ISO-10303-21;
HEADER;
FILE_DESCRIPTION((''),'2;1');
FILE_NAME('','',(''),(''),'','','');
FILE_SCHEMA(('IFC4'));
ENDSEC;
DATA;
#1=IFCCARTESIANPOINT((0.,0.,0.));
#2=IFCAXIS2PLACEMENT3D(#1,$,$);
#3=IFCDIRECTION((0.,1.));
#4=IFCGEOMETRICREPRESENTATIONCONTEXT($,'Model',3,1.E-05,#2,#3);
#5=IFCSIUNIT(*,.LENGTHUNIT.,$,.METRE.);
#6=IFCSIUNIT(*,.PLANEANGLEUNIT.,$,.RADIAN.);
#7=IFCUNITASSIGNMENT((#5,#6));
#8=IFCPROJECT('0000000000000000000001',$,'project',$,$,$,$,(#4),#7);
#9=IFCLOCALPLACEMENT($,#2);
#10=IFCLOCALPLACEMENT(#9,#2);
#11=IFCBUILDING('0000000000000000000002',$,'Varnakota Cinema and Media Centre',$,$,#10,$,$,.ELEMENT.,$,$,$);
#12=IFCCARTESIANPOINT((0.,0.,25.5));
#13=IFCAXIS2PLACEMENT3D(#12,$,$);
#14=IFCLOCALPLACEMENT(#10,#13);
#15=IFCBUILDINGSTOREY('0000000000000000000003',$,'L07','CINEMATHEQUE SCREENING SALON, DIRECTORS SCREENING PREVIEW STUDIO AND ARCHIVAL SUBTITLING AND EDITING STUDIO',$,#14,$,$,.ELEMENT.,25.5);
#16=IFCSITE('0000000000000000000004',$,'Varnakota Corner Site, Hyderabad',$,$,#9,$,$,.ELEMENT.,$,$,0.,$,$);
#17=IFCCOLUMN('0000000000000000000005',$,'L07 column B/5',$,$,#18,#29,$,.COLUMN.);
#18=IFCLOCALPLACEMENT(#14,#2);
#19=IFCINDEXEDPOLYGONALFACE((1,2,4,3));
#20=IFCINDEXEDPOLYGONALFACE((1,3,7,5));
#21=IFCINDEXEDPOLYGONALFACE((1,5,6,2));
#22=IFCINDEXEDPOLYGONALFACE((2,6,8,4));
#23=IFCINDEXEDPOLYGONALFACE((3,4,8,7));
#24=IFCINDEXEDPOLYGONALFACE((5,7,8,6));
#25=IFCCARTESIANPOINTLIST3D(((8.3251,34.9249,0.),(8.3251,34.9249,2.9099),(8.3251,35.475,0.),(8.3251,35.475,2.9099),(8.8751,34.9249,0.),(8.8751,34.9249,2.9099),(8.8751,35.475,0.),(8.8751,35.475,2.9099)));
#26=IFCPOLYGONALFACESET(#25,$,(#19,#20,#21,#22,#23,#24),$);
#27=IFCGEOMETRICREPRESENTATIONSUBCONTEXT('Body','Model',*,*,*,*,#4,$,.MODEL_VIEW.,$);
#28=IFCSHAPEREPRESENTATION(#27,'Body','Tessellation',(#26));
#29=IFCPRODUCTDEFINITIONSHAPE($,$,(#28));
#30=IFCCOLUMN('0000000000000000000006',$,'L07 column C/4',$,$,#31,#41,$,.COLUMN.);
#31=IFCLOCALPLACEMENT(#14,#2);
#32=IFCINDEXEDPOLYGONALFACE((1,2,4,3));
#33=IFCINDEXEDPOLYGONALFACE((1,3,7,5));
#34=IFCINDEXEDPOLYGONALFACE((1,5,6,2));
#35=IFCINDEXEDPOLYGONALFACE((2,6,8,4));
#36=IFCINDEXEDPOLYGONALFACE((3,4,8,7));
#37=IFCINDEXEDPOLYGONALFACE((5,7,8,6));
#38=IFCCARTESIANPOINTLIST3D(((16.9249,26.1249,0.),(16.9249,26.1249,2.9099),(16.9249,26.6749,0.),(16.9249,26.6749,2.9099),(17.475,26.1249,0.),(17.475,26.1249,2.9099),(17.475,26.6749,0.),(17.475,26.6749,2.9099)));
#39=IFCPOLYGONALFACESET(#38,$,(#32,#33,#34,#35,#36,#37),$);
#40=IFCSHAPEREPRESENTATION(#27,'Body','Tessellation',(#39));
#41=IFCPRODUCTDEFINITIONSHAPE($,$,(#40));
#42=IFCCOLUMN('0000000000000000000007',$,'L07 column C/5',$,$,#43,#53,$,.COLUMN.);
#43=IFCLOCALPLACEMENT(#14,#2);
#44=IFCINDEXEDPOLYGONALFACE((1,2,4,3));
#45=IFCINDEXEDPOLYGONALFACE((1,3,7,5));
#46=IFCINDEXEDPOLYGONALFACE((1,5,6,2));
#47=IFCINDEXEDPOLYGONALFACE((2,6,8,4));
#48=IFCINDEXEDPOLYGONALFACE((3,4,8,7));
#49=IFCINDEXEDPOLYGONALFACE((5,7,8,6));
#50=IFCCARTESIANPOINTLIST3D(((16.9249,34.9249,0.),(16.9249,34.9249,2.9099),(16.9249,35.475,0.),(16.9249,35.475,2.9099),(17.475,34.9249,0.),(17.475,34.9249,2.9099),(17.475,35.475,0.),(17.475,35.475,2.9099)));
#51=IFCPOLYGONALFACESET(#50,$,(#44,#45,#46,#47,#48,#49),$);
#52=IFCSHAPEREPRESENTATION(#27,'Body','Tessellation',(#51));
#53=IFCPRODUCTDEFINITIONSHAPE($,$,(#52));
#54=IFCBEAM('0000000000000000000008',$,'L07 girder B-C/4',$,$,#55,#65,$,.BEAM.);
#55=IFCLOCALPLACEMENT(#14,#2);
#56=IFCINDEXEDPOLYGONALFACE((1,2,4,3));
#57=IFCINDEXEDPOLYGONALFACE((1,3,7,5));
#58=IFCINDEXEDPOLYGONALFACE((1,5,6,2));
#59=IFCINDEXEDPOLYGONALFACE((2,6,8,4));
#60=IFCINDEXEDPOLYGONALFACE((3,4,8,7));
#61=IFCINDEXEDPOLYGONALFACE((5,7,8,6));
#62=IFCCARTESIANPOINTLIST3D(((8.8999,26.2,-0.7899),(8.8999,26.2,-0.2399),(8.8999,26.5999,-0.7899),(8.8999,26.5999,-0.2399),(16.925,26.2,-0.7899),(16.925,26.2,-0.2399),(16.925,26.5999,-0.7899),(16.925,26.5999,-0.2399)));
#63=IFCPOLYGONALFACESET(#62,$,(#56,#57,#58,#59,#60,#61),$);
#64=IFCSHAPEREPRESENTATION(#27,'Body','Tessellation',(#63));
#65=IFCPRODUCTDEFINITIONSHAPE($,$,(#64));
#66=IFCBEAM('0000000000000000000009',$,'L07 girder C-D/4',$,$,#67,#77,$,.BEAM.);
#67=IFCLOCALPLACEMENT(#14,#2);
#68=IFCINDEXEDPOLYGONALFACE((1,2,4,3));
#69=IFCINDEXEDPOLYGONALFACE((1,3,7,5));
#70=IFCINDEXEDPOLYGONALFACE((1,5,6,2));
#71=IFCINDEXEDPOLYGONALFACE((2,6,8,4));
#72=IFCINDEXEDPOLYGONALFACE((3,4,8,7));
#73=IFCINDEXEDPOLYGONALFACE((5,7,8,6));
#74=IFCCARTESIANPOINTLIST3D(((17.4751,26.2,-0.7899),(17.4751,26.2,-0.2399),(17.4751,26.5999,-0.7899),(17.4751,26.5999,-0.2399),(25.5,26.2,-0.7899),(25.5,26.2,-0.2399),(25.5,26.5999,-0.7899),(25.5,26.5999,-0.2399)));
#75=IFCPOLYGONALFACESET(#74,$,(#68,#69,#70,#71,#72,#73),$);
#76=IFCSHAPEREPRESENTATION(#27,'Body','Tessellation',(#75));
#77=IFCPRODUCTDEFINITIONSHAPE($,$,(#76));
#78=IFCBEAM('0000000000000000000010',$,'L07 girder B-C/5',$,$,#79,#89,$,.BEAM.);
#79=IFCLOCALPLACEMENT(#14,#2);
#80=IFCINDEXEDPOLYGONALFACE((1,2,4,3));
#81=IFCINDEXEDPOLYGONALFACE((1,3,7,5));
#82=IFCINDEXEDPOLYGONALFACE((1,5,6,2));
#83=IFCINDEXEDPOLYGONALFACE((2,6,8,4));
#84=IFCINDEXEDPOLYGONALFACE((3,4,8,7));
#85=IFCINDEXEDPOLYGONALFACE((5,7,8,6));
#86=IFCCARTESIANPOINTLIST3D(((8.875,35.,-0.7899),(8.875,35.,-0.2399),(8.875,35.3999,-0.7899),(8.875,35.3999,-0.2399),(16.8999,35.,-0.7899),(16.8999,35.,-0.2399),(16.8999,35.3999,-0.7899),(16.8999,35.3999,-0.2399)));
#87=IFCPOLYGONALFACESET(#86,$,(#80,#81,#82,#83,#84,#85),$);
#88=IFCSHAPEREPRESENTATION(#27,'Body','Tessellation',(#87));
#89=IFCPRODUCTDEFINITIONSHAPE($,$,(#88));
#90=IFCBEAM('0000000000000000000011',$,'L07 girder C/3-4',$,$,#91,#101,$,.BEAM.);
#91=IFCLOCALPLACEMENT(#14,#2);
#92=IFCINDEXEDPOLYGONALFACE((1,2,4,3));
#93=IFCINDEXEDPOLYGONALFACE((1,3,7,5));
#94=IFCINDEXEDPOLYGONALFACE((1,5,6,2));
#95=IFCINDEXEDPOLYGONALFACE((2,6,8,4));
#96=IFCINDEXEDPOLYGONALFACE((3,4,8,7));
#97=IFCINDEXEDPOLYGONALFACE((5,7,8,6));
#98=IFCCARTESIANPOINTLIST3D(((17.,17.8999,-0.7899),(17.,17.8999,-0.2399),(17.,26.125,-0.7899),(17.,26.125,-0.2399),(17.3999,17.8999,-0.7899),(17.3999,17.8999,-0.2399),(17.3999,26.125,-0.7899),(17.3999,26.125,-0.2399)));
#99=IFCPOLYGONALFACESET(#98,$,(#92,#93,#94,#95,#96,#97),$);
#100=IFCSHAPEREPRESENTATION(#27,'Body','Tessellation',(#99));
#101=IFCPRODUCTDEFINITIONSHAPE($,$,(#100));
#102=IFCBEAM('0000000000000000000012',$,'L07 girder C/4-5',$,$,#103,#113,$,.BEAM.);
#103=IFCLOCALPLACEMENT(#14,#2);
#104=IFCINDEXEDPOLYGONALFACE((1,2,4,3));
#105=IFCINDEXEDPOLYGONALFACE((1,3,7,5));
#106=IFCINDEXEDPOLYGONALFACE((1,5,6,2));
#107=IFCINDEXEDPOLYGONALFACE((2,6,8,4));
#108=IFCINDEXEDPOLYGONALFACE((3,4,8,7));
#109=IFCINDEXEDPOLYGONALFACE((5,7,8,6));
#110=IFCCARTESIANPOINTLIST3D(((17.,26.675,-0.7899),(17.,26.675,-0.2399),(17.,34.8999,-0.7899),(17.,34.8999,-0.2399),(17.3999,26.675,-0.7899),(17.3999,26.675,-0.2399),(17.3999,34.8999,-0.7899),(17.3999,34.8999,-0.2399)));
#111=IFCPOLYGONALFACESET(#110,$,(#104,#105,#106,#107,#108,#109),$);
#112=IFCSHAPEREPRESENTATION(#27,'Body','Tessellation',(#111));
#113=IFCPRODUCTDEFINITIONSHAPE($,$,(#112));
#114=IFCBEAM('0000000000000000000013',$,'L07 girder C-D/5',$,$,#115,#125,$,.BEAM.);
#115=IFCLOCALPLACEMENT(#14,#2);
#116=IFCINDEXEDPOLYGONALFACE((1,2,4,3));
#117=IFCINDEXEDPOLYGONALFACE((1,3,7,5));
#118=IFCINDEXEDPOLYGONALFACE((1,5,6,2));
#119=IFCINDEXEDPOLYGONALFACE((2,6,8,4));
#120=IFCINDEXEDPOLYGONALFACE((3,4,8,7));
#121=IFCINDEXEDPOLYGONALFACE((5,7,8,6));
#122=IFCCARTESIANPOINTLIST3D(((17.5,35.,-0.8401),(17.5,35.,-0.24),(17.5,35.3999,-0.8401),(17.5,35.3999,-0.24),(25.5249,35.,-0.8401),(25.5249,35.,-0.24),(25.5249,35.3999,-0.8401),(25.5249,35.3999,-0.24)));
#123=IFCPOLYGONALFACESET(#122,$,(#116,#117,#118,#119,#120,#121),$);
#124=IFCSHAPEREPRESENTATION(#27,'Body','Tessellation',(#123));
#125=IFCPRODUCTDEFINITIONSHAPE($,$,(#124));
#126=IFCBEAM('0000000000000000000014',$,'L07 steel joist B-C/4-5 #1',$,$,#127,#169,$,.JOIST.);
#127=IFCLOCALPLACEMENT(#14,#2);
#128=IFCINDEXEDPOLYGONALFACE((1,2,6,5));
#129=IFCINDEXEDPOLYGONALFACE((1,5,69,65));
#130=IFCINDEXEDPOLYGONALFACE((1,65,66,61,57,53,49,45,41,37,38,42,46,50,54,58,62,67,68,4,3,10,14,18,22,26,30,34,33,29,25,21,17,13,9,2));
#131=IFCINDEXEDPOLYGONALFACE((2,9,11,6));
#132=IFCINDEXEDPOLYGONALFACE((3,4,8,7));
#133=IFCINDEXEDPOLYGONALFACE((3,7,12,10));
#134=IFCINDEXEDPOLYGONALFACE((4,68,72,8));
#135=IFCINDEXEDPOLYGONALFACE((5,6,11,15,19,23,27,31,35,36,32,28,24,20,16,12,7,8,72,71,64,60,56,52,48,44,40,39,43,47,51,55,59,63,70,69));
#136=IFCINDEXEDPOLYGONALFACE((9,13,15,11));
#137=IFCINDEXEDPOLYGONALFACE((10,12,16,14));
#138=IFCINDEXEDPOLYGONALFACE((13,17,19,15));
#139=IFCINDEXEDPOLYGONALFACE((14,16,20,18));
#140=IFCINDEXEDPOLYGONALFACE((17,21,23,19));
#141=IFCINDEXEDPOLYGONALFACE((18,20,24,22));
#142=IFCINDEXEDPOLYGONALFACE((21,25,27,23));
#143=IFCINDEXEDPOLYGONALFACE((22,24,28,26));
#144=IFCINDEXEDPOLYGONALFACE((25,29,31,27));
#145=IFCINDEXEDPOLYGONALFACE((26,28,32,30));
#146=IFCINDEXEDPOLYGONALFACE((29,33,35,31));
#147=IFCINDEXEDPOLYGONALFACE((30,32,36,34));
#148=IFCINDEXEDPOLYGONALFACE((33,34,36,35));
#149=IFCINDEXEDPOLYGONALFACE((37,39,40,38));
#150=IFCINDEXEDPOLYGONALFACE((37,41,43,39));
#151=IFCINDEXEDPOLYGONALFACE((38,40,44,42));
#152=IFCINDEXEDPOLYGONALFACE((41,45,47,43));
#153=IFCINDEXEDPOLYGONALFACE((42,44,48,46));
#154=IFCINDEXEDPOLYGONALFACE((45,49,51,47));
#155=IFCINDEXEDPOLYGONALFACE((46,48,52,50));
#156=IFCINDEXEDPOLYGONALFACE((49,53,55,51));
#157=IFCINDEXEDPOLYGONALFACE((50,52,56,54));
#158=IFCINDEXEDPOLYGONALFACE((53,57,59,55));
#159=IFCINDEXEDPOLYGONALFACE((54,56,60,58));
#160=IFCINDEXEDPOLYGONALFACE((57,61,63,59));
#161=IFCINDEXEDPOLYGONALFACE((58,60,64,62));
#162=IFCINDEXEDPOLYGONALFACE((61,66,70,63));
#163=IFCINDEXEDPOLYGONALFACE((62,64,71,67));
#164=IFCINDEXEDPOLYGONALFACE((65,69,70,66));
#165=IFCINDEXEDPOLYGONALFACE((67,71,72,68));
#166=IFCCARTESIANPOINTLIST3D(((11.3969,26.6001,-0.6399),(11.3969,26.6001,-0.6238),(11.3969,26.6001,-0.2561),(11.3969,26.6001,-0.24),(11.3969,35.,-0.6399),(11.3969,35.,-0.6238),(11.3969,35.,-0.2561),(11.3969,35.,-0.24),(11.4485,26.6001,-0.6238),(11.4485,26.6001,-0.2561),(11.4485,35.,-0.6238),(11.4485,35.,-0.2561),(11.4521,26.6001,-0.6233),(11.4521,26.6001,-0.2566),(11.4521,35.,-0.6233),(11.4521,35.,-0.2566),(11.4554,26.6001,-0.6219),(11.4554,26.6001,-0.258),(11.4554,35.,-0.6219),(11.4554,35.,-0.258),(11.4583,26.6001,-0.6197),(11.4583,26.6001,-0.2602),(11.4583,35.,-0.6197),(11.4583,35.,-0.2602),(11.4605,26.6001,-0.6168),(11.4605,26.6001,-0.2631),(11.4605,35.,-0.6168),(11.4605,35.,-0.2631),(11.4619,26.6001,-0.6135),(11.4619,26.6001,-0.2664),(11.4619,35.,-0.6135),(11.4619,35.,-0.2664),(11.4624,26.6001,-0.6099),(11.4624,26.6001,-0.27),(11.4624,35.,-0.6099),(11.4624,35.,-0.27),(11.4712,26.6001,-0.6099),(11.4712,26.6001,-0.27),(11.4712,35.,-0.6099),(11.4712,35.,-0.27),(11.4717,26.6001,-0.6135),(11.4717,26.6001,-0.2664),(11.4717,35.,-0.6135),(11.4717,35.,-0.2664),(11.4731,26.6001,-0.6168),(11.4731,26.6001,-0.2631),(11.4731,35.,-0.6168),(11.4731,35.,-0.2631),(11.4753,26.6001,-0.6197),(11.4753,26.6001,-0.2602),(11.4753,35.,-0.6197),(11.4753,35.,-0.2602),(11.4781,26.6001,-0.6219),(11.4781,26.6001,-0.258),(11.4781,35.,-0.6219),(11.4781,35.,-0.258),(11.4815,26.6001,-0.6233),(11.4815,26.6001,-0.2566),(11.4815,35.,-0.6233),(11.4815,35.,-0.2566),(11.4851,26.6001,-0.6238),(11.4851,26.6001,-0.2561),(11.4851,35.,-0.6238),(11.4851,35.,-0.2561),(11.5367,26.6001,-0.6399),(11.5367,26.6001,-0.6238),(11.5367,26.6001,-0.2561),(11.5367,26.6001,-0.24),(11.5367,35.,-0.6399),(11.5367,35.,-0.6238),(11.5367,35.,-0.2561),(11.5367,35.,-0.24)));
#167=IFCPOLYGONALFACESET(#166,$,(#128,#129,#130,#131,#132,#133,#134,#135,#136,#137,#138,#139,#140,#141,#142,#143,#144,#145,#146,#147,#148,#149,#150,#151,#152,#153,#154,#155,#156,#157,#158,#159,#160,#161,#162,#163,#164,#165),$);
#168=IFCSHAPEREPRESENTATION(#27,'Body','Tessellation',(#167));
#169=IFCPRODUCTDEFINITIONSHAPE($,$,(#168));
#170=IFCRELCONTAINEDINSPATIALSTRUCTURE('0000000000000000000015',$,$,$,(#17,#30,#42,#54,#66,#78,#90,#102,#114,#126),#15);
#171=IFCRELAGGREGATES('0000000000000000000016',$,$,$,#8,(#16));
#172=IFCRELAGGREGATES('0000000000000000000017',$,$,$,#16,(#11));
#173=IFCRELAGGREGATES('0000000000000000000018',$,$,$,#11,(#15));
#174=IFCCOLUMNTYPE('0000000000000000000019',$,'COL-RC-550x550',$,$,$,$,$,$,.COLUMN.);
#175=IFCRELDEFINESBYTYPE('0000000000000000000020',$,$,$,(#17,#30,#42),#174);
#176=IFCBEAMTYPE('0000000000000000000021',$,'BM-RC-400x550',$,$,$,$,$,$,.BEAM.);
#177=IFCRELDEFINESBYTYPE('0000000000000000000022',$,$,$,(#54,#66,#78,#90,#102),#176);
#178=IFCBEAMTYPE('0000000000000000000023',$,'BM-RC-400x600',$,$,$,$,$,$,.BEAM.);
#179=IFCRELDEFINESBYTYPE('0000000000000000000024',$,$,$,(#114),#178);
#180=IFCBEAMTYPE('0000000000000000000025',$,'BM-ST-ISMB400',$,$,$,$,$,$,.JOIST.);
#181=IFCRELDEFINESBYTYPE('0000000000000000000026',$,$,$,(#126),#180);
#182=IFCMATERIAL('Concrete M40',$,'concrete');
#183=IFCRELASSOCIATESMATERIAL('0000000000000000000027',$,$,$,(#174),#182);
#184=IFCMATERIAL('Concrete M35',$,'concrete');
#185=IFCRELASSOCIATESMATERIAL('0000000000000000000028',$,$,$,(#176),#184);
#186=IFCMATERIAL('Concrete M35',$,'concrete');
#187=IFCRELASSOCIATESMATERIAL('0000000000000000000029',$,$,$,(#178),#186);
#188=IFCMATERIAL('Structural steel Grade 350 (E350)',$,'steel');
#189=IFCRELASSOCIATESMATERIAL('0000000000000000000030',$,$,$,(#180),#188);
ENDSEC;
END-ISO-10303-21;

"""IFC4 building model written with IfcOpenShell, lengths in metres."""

from ifc_helpers import new_model, si_unit, direction, frame, origin, origin_2d, place, context, subcontext, project, spatial, rectangle, i_section, extrude, material, material_profile, profile_set, type_object, element, save


model = new_model("IFC4")

# Units and contexts
model_context = context("Model", 3, precision=1e-05, world=origin(), true_north=direction((0.0, 1.0)))
body_context = subcontext(model_context, "Body", "Model", "MODEL_VIEW")
ifc_project = project(units=[si_unit("LENGTHUNIT", "METRE"), si_unit("PLANEANGLEUNIT", "RADIAN")], contexts=[model_context])

# Site, building, storey
site_placement = place(None, origin())
site = spatial("IfcSite", under=ifc_project, at=site_placement, Name="Varnakota Corner Site, Hyderabad", CompositionType="ELEMENT", RefElevation=0.0)
building_placement = place(site_placement, origin())
building = spatial("IfcBuilding", under=site, at=building_placement, Name="Varnakota Cinema and Media Centre", CompositionType="ELEMENT")
storey_placement = place(building_placement, frame((0.0, 0.0, 25.5)))
storey = spatial("IfcBuildingStorey", under=building, at=storey_placement, Name="L07", Description="CINEMATHEQUE SCREENING SALON, DIRECTORS SCREENING PREVIEW STUDIO AND ARCHIVAL SUBTITLING AND EDITING STUDIO", CompositionType="ELEMENT", Elevation=25.5)

# Columns
ifc_material_1 = material(Name="Concrete M40", Category="concrete")
ifc_material_profile_1 = material_profile(ifc_material_1, rectangle(XDim=0.55, YDim=0.55, at=origin_2d()), Name="RC 550x550")
ifc_profile_set_1 = profile_set([ifc_material_profile_1], Name="Concrete M40")
column_type = type_object("IfcColumnType", Name="COL-RC-550x550", PredefinedType="COLUMN", material=ifc_profile_set_1)
for number, where, z_axis, x_axis, name in (
    (1, (8.6001, 35.2, 0.0), (0.0, 0.0, 1.0), (1.0, 0.0, 0.0), "L07 column B/5"),
    (2, (17.2, 26.3999, 0.0), (0.0, 0.0, 1.0), (1.0, 0.0, 0.0), "L07 column C/4"),
    (3, (17.2, 35.2, 0.0), (0.0, 0.0, 1.0), (1.0, 0.0, 0.0), "L07 column C/5"),
):
    element("IfcColumn", number, at=place(storey_placement, frame(where, z_axis=z_axis, x_axis=x_axis)), inside=storey, type_object=column_type, Name=name, PredefinedType="COLUMN", context=body_context, shape_type="SweptSolid", body=[
        extrude(rectangle(XDim=0.55, YDim=0.55, at=origin_2d()), origin(), (0.0, 0.0, 1.0), 2.9099),
    ])

# Beams
ifc_material_2 = material(Name="Concrete M35", Category="concrete")
ifc_material_profile_2 = material_profile(ifc_material_2, rectangle(XDim=0.3999, YDim=0.55, at=origin_2d()), Name="RCB 400x550")
ifc_profile_set_2 = profile_set([ifc_material_profile_2], Name="Concrete M35")
beam_type_1 = type_object("IfcBeamType", Name="BM-RC-400x550", PredefinedType="BEAM", material=ifc_profile_set_2)
beam_1_placement = place(storey_placement, frame((8.8999, 26.3999, -0.5149), z_axis=(1.0, 0.0, 0.0), x_axis=(0.0, 1.0, 0.0)))
element("IfcBeam", 4, at=beam_1_placement, inside=storey, type_object=beam_type_1, Name="L07 girder B-C/4", PredefinedType="BEAM", context=body_context, shape_type="SweptSolid", body=[
    extrude(rectangle(XDim=0.3999, YDim=0.55, at=origin_2d()), origin(), (0.0, 0.0, 1.0), 8.0251),
])
for number, where, z_axis, x_axis, name in (
    (5, (17.4751, 26.3999, -0.5149), (1.0, 0.0, 0.0), (0.0, 1.0, 0.0), "L07 girder C-D/4"),
    (6, (8.875, 35.2, -0.5149), (1.0, 0.0, 0.0), (0.0, 1.0, 0.0), "L07 girder B-C/5"),
):
    element("IfcBeam", number, at=place(storey_placement, frame(where, z_axis=z_axis, x_axis=x_axis)), inside=storey, type_object=beam_type_1, Name=name, PredefinedType="BEAM", context=body_context, shape_type="SweptSolid", body=[
        extrude(rectangle(XDim=0.3999, YDim=0.55, at=origin_2d()), origin(), (0.0, 0.0, 1.0), 8.0249),
    ])
beam_2_placement = place(storey_placement, frame((17.2, 17.8999, -0.5149), z_axis=(0.0, 1.0, 0.0), x_axis=(-1.0, 0.0, 0.0)))
element("IfcBeam", 7, at=beam_2_placement, inside=storey, type_object=beam_type_1, Name="L07 girder C/3-4", PredefinedType="BEAM", context=body_context, shape_type="SweptSolid", body=[
    extrude(rectangle(XDim=0.3999, YDim=0.55, at=origin_2d()), origin(), (0.0, 0.0, 1.0), 8.2251),
])
beam_3_placement = place(storey_placement, frame((17.2, 26.675, -0.5149), z_axis=(0.0, 1.0, 0.0), x_axis=(-1.0, 0.0, 0.0)))
element("IfcBeam", 8, at=beam_3_placement, inside=storey, type_object=beam_type_1, Name="L07 girder C/4-5", PredefinedType="BEAM", context=body_context, shape_type="SweptSolid", body=[
    extrude(rectangle(XDim=0.3999, YDim=0.55, at=origin_2d()), origin(), (0.0, 0.0, 1.0), 8.2249),
])
ifc_material_3 = material(Name="Concrete M35", Category="concrete")
ifc_material_profile_3 = material_profile(ifc_material_3, rectangle(XDim=0.3999, YDim=0.6001, at=origin_2d()), Name="RCB 400x600")
ifc_profile_set_3 = profile_set([ifc_material_profile_3], Name="Concrete M35")
beam_type_2 = type_object("IfcBeamType", Name="BM-RC-400x600", PredefinedType="BEAM", material=ifc_profile_set_3)
beam_4_placement = place(storey_placement, frame((17.5, 35.2, -0.54), z_axis=(1.0, 0.0, 0.0), x_axis=(0.0, 1.0, 0.0)))
element("IfcBeam", 9, at=beam_4_placement, inside=storey, type_object=beam_type_2, Name="L07 girder C-D/5", PredefinedType="BEAM", context=body_context, shape_type="SweptSolid", body=[
    extrude(rectangle(XDim=0.3999, YDim=0.6001, at=origin_2d()), origin(), (0.0, 0.0, 1.0), 8.0249),
])
ifc_material_4 = material(Name="Structural steel Grade 350 (E350)", Category="steel")
ifc_material_profile_4 = material_profile(ifc_material_4, i_section(OverallWidth=0.1399, OverallDepth=0.3999, WebThickness=0.0088, FlangeThickness=0.0161, FilletRadius=0.0139, at=origin_2d()), Name="ISMB 400")
ifc_profile_set_4 = profile_set([ifc_material_profile_4], Name="Structural steel Grade 350 (E350)")
beam_type_3 = type_object("IfcBeamType", Name="BM-ST-ISMB400", PredefinedType="JOIST", material=ifc_profile_set_4)
for number, where, z_axis, x_axis, name in (
    (10, (11.4668, 26.6001, -0.4399), (0.0, 1.0, 0.0), (-1.0, 0.0, 0.0), "L07 steel joist B-C/4-5 #1"),
):
    element("IfcBeam", number, at=place(storey_placement, frame(where, z_axis=z_axis, x_axis=x_axis)), inside=storey, type_object=beam_type_3, Name=name, PredefinedType="JOIST", context=body_context, shape_type="SweptSolid", body=[
        extrude(i_section(OverallWidth=0.1399, OverallDepth=0.3999, WebThickness=0.0088, FlangeThickness=0.0161, FilletRadius=0.0139, at=origin_2d()), origin(), (0.0, 0.0, 1.0), 8.3999),
    ])

save(model, "model.ifc")
